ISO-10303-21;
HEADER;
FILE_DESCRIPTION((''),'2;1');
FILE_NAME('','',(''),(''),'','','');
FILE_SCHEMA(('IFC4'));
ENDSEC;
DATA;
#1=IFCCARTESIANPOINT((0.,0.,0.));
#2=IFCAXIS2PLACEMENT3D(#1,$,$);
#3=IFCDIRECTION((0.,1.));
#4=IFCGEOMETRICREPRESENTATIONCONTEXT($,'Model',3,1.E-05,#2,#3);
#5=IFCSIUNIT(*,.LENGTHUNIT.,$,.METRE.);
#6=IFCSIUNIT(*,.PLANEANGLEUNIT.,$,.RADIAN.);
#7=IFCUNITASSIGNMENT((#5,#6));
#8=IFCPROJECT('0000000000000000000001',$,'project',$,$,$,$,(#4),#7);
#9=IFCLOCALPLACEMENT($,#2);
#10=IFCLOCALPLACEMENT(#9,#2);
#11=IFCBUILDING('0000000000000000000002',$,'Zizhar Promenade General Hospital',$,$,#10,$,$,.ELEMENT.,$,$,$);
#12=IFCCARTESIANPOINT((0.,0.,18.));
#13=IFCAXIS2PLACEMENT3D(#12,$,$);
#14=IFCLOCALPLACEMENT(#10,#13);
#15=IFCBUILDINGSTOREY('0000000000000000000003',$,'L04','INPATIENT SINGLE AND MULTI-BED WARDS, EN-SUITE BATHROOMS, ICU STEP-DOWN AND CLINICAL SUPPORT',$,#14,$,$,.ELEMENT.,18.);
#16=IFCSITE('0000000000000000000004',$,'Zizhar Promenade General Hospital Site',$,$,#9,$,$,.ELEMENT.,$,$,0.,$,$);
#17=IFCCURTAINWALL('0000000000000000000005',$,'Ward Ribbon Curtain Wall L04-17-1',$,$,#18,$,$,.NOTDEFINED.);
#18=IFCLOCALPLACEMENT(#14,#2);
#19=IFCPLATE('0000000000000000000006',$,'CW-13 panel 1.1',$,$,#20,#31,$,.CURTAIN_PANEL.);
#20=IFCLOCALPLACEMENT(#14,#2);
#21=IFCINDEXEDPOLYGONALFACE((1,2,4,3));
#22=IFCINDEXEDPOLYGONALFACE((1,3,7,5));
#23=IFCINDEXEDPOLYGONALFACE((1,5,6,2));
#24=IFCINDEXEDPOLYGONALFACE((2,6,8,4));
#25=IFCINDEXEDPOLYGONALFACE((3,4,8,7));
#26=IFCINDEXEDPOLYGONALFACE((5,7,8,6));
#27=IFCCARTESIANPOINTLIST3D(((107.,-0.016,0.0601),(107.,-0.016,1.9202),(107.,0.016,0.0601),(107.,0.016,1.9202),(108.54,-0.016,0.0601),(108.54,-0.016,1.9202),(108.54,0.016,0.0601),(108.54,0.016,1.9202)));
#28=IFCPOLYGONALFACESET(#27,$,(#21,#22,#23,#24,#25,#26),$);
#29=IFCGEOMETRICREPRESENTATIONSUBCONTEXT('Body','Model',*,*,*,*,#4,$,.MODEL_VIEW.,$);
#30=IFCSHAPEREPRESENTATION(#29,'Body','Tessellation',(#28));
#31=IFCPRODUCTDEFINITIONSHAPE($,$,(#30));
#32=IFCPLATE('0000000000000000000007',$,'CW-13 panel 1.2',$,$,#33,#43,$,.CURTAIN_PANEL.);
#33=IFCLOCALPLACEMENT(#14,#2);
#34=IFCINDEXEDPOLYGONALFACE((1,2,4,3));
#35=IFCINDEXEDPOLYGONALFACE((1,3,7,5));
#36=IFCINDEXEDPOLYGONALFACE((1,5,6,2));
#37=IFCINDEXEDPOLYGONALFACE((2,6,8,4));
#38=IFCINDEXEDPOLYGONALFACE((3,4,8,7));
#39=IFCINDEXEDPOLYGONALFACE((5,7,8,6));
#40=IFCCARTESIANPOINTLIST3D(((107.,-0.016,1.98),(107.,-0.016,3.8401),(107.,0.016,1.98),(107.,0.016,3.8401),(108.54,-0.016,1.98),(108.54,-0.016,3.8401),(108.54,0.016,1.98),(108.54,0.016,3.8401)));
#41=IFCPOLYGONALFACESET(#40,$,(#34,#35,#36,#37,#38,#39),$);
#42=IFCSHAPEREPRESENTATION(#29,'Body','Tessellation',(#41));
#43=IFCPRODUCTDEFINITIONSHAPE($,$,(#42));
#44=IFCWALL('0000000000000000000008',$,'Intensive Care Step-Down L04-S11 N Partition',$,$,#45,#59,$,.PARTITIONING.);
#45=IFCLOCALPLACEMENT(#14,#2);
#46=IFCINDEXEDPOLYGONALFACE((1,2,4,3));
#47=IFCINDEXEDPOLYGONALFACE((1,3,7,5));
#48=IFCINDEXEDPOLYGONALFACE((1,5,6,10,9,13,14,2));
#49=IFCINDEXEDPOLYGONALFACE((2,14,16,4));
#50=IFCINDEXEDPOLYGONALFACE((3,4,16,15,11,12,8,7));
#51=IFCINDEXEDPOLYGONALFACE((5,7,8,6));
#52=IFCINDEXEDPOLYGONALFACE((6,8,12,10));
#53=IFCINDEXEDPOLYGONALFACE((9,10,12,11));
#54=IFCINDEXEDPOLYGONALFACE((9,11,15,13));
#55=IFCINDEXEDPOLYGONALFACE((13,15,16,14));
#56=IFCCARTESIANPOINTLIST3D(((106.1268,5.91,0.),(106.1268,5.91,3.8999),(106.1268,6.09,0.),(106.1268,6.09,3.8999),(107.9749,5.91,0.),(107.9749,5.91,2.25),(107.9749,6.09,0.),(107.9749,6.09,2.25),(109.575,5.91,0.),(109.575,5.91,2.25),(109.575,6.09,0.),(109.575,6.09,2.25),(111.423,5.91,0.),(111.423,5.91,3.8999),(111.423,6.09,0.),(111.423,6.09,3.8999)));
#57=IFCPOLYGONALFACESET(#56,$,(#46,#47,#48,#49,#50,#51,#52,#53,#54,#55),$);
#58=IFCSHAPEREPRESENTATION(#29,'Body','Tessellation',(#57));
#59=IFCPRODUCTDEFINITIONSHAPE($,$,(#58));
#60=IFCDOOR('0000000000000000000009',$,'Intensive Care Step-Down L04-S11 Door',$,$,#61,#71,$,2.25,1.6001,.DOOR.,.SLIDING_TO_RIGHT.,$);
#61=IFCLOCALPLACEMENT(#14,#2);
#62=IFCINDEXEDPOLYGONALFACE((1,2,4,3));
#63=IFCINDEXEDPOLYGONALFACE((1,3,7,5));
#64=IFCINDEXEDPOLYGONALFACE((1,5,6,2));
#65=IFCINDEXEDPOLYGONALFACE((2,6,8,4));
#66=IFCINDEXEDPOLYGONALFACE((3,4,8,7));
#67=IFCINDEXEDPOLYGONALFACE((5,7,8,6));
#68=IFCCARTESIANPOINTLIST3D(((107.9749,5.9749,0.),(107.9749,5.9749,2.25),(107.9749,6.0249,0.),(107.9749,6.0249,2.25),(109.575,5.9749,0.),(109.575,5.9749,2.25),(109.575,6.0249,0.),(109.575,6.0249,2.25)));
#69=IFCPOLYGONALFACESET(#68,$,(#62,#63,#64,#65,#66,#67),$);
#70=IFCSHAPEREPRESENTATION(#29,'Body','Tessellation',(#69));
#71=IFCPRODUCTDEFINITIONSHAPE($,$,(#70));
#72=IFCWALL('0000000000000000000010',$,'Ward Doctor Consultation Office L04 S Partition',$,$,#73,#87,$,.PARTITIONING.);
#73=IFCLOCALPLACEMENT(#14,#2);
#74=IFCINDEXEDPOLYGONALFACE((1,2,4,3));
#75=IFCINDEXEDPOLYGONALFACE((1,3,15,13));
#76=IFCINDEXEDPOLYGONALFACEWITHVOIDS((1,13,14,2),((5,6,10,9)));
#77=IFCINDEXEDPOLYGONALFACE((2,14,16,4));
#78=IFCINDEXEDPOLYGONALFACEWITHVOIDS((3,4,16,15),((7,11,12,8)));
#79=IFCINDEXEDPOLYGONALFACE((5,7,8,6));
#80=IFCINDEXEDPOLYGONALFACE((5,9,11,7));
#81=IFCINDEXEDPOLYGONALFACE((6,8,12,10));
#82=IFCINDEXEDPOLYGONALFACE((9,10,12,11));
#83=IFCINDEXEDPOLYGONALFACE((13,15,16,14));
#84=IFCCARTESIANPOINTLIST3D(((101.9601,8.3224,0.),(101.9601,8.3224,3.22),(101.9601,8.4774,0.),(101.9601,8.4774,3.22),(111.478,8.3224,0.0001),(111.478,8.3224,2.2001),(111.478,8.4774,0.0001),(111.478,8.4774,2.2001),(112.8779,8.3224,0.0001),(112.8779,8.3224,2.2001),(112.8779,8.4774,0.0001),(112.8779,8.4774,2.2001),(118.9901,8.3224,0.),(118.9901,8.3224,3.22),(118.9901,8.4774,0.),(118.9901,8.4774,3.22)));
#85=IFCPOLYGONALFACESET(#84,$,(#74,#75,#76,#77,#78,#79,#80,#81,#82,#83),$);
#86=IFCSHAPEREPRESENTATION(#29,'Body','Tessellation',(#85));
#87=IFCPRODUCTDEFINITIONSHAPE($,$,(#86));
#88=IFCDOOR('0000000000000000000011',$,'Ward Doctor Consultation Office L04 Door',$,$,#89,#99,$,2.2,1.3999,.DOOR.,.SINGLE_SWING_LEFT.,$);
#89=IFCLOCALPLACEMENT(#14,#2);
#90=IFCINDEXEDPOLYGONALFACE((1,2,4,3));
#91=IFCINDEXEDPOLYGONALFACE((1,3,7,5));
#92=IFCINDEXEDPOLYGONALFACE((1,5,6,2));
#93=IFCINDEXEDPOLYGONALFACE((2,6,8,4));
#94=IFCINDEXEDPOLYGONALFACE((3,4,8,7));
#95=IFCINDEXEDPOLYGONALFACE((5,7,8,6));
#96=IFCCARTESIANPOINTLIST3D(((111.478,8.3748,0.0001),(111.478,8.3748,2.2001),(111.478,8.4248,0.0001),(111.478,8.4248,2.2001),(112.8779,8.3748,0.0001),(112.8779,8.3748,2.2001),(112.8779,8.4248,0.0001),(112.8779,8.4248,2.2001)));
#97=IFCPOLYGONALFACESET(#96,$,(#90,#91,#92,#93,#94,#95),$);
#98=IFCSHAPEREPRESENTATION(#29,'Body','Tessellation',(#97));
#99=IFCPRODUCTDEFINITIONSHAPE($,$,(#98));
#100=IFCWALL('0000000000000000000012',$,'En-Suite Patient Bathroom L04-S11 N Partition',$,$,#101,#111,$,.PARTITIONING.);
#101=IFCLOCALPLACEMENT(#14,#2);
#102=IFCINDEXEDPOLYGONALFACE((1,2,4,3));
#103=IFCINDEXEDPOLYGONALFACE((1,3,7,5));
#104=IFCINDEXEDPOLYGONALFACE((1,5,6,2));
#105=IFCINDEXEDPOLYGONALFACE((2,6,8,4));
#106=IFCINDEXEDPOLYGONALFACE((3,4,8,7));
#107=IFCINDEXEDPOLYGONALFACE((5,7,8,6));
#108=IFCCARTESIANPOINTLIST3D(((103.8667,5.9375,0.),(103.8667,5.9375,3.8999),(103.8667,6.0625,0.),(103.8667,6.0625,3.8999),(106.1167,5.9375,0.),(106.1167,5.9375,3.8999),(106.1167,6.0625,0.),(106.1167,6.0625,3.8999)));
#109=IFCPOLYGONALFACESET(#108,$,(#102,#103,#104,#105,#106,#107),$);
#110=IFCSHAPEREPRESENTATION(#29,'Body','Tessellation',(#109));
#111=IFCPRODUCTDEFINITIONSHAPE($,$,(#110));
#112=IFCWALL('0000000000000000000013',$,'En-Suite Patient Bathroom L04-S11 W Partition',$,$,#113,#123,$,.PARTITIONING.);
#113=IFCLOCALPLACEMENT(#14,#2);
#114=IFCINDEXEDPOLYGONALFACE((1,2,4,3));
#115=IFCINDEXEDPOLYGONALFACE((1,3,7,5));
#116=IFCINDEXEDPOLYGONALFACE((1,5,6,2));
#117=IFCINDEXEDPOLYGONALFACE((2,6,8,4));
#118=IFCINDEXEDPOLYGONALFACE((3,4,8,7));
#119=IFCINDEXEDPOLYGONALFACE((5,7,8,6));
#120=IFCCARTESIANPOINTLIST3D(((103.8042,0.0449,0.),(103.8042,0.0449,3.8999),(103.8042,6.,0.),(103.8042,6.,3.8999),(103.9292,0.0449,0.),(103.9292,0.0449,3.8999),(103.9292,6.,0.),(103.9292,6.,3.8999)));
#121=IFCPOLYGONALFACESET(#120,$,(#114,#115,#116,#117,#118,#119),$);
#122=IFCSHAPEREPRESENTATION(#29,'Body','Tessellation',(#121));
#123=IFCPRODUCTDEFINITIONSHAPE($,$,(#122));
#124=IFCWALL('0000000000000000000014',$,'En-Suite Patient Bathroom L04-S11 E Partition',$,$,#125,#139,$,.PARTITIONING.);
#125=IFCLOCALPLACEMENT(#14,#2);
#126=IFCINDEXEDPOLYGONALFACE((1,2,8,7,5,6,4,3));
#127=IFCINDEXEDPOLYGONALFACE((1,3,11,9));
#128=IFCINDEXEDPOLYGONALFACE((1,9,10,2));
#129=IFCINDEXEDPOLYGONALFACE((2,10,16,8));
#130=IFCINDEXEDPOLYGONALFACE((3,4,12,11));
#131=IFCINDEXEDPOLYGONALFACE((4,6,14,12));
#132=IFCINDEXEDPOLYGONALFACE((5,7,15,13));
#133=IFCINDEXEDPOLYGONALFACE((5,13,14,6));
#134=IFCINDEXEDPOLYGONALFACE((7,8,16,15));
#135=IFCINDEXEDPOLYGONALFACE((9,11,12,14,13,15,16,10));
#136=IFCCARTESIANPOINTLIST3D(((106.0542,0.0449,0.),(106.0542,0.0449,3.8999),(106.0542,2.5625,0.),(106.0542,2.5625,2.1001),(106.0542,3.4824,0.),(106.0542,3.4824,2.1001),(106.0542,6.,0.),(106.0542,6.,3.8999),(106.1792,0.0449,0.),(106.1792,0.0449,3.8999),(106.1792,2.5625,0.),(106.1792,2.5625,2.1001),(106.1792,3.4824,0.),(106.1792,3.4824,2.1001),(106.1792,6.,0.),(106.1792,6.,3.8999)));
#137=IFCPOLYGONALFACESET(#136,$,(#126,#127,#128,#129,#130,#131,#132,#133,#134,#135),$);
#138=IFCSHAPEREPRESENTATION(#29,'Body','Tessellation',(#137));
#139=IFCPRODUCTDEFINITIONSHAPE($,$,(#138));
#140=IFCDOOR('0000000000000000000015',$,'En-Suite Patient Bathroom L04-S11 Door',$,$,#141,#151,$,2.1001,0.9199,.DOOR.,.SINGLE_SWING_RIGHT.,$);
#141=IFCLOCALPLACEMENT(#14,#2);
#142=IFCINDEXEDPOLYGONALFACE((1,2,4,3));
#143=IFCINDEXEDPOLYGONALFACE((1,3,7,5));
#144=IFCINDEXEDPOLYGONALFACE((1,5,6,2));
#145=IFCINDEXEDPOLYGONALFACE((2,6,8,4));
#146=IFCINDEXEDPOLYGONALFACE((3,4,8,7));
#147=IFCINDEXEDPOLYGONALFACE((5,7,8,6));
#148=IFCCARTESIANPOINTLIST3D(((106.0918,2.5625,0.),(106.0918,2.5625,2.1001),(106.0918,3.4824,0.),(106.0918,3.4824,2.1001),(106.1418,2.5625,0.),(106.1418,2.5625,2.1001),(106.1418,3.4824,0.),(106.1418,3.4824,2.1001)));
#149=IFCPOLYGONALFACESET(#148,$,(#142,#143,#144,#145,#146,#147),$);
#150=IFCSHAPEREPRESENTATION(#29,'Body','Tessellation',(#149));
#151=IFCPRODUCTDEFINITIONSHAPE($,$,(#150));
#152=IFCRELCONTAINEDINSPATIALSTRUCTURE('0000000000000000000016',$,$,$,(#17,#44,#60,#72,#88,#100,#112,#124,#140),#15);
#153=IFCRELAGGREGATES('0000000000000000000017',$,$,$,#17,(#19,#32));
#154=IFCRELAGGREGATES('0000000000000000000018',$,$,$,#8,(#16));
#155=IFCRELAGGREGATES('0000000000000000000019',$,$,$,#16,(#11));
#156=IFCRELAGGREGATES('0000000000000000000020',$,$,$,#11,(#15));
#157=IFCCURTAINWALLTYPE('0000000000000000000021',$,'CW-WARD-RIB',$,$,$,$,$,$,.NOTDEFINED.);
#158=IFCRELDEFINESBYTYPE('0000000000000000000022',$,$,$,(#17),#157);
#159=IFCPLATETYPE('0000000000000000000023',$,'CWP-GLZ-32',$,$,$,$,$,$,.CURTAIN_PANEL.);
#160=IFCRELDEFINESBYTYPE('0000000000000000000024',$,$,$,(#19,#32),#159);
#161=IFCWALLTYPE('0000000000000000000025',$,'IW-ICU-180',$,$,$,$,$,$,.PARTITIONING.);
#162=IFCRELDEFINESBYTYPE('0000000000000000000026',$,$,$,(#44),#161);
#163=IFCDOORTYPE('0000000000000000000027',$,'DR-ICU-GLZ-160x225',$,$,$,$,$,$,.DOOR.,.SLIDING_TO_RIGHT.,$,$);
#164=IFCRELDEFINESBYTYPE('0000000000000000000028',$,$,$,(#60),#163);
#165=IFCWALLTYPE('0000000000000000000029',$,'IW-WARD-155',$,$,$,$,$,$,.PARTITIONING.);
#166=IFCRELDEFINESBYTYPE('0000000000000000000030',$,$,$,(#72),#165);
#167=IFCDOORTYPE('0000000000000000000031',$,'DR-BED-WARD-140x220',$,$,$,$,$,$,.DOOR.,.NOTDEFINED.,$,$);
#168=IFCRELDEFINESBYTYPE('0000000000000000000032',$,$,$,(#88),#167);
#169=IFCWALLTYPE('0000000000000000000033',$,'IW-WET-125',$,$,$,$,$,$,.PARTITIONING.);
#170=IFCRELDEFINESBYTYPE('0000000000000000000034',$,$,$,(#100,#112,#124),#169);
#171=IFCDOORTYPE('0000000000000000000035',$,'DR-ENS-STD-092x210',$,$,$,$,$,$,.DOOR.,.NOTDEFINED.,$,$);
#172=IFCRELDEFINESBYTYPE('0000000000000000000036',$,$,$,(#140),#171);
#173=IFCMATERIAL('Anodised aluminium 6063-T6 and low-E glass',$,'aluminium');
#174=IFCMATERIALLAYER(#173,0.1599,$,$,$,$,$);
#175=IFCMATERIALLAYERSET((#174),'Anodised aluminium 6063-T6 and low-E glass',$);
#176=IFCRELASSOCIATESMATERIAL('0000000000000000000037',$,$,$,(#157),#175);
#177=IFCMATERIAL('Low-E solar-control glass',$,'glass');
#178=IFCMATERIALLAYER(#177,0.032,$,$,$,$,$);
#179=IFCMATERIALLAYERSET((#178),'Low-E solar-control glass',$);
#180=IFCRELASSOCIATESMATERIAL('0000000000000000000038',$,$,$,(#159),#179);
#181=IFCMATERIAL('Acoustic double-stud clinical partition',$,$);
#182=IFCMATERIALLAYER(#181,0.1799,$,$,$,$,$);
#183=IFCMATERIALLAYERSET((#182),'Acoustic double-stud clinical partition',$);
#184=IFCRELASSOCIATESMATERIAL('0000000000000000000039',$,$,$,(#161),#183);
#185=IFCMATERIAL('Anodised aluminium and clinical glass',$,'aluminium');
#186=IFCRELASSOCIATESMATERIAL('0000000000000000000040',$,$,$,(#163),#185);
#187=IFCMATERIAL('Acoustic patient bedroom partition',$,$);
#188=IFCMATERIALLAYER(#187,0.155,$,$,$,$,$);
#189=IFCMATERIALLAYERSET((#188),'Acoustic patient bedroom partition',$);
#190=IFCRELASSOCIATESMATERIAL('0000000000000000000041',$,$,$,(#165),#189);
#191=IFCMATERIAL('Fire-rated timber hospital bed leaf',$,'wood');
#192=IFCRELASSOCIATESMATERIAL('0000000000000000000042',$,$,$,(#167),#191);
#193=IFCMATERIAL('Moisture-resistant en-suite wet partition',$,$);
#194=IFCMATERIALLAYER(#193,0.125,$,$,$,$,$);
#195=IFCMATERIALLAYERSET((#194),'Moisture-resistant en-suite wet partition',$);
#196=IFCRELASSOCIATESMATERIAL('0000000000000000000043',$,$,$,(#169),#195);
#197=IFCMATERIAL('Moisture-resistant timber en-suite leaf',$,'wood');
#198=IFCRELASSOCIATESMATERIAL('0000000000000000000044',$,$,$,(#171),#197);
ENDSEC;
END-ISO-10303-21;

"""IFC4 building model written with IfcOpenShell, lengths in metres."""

from ifc_helpers import new_model, si_unit, direction, frame, frame_2d, origin, origin_2d, place, context, subcontext, project, spatial, rectangle, extrude, material, layer, layer_set, type_object, element, fill, aggregate, save


model = new_model("IFC4")

# Units and contexts
model_context = context("Model", 3, precision=1e-05, world=origin(), true_north=direction((0.0, 1.0)))
body_context = subcontext(model_context, "Body", "Model", "MODEL_VIEW")
ifc_project = project(units=[si_unit("LENGTHUNIT", "METRE"), si_unit("PLANEANGLEUNIT", "RADIAN")], contexts=[model_context])

# Site, building, storey
site_placement = place(None, origin())
site = spatial("IfcSite", under=ifc_project, at=site_placement, Name="Zizhar Promenade General Hospital Site", CompositionType="ELEMENT", RefElevation=0.0)
building_placement = place(site_placement, origin())
building = spatial("IfcBuilding", under=site, at=building_placement, Name="Zizhar Promenade General Hospital", CompositionType="ELEMENT")
storey_placement = place(building_placement, frame((0.0, 0.0, 18.0)))
storey = spatial("IfcBuildingStorey", under=building, at=storey_placement, Name="L04", Description="INPATIENT SINGLE AND MULTI-BED WARDS, EN-SUITE BATHROOMS, ICU STEP-DOWN AND CLINICAL SUPPORT", CompositionType="ELEMENT", Elevation=18.0)

# Curtain wall, plates
ifc_material_1 = material(Name="Anodised aluminium 6063-T6 and low-E glass", Category="aluminium")
ifc_layer_1 = layer(ifc_material_1, 0.1599)
ifc_layer_set_1 = layer_set([ifc_layer_1], Name="Anodised aluminium 6063-T6 and low-E glass")
curtain_wall_type = type_object("IfcCurtainWallType", Name="CW-WARD-RIB", PredefinedType="NOTDEFINED", material=ifc_layer_set_1)
curtain_wall_placement = place(storey_placement, origin())
curtain_wall = element("IfcCurtainWall", 1, at=curtain_wall_placement, inside=storey, type_object=curtain_wall_type, Name="Ward Ribbon Curtain Wall L04-17-1", PredefinedType="NOTDEFINED")
ifc_material_2 = material(Name="Low-E solar-control glass", Category="glass")
ifc_layer_2 = layer(ifc_material_2, 0.032)
ifc_layer_set_2 = layer_set([ifc_layer_2], Name="Low-E solar-control glass")
plate_type = type_object("IfcPlateType", Name="CWP-GLZ-32", PredefinedType="CURTAIN_PANEL", material=ifc_layer_set_2)
plate_1_placement = place(storey_placement, frame((107.77, 0.0, 0.0601), z_axis=(0.0, 0.0, 1.0), x_axis=(-1.0, 0.0, 0.0)))
plate_1 = element("IfcPlate", 2, at=plate_1_placement, type_object=plate_type, Name="CW-13 panel 1.1", PredefinedType="CURTAIN_PANEL", context=body_context, shape_type="SweptSolid", body=[
    extrude(rectangle(XDim=1.54, YDim=0.032, at=origin_2d()), origin(), (0.0, 0.0, 1.0), 1.8601),
])
plate_2_placement = place(storey_placement, frame((107.77, 0.0, 1.98), z_axis=(0.0, 0.0, 1.0), x_axis=(-1.0, 0.0, 0.0)))
plate_2 = element("IfcPlate", 3, at=plate_2_placement, type_object=plate_type, Name="CW-13 panel 1.2", PredefinedType="CURTAIN_PANEL", context=body_context, shape_type="SweptSolid", body=[
    extrude(rectangle(XDim=1.54, YDim=0.032, at=origin_2d()), origin(), (0.0, 0.0, 1.0), 1.8601),
])
aggregate(curtain_wall, [plate_1, plate_2])

# Walls, openings, doors
ifc_material_3 = material(Name="Acoustic double-stud clinical partition")
ifc_layer_3 = layer(ifc_material_3, 0.1799)
ifc_layer_set_3 = layer_set([ifc_layer_3], Name="Acoustic double-stud clinical partition")
wall_type_1 = type_object("IfcWallType", Name="IW-ICU-180", PredefinedType="PARTITIONING", material=ifc_layer_set_3)
wall_1_placement = place(storey_placement, frame((106.127, 6.0, 0.0), z_axis=(0.0, 0.0, 1.0), x_axis=(1.0, 0.0, 0.0)))
wall_1 = element("IfcWall", 4, at=wall_1_placement, inside=storey, type_object=wall_type_1, Name="Intensive Care Step-Down L04-S11 N Partition", PredefinedType="PARTITIONING", context=body_context, shape_type="SweptSolid", body=[
    extrude(rectangle(XDim=5.2961, YDim=0.1799, at=frame_2d((2.6479, 0.0))), origin(), (0.0, 0.0, 1.0), 3.8999),
])
opening_1_placement = place(wall_1_placement, frame((1.8479, 0.0, 0.0)))
opening_1 = element("IfcOpeningElement", 5, at=opening_1_placement, cuts=wall_1, PredefinedType="OPENING", context=body_context, shape_type="SweptSolid", body=[
    extrude(rectangle(XDim=1.6001, YDim=2.25, at=frame_2d((0.8, 1.125))), frame((0.0, 0.1001, 0.0), z_axis=(0.0, -1.0, 0.0), x_axis=(1.0, 0.0, 0.0)), (0.0, 0.0, 1.0), 0.2),
])
ifc_material_4 = material(Name="Anodised aluminium and clinical glass", Category="aluminium")
door_type_1 = type_object("IfcDoorType", Name="DR-ICU-GLZ-160x225", OperationType="SLIDING_TO_RIGHT", PredefinedType="DOOR", material=ifc_material_4)
door_1_placement = place(opening_1_placement, origin())
door_1 = element("IfcDoor", 6, at=door_1_placement, inside=storey, type_object=door_type_1, Name="Intensive Care Step-Down L04-S11 Door", OperationType="SLIDING_TO_RIGHT", OverallHeight=2.25, OverallWidth=1.6001, PredefinedType="DOOR", context=body_context, shape_type="SweptSolid", body=[
    extrude(rectangle(XDim=1.6001, YDim=2.25, at=frame_2d((0.8, 1.125))), frame((0.0, 0.0249, 0.0), z_axis=(0.0, -1.0, 0.0), x_axis=(1.0, 0.0, 0.0)), (0.0, 0.0, 1.0), 0.05),
])
fill(opening_1, door_1)
ifc_material_5 = material(Name="Acoustic patient bedroom partition")
ifc_layer_4 = layer(ifc_material_5, 0.155)
ifc_layer_set_4 = layer_set([ifc_layer_4], Name="Acoustic patient bedroom partition")
wall_type_2 = type_object("IfcWallType", Name="IW-WARD-155", PredefinedType="PARTITIONING", material=ifc_layer_set_4)
wall_2_placement = place(storey_placement, frame((101.96, 8.3999, 0.0), z_axis=(0.0, 0.0, 1.0), x_axis=(1.0, 0.0, 0.0)))
wall_2 = element("IfcWall", 7, at=wall_2_placement, inside=storey, type_object=wall_type_2, Name="Ward Doctor Consultation Office L04 S Partition", PredefinedType="PARTITIONING", context=body_context, shape_type="SweptSolid", body=[
    extrude(rectangle(XDim=17.03, YDim=0.155, at=frame_2d((8.5151, 0.0))), origin(), (0.0, 0.0, 1.0), 3.22),
])
opening_2_placement = place(wall_2_placement, frame((9.5181, 0.0, 0.0)))
opening_2 = element("IfcOpeningElement", 8, at=opening_2_placement, cuts=wall_2, PredefinedType="OPENING", context=body_context, shape_type="SweptSolid", body=[
    extrude(rectangle(XDim=1.3999, YDim=2.2, at=frame_2d((0.7, 1.1001))), frame((0.0, 0.0874, 0.0), z_axis=(0.0, -1.0, 0.0), x_axis=(1.0, 0.0, 0.0)), (0.0, 0.0, 1.0), 0.175),
])
ifc_material_6 = material(Name="Fire-rated timber hospital bed leaf", Category="wood")
door_type_2 = type_object("IfcDoorType", Name="DR-BED-WARD-140x220", OperationType="NOTDEFINED", PredefinedType="DOOR", material=ifc_material_6)
door_2_placement = place(opening_2_placement, origin())
door_2 = element("IfcDoor", 9, at=door_2_placement, inside=storey, type_object=door_type_2, Name="Ward Doctor Consultation Office L04 Door", OperationType="SINGLE_SWING_LEFT", OverallHeight=2.2, OverallWidth=1.3999, PredefinedType="DOOR", context=body_context, shape_type="SweptSolid", body=[
    extrude(rectangle(XDim=1.3999, YDim=2.2, at=frame_2d((0.7, 1.1001))), frame((0.0, 0.0249, 0.0), z_axis=(0.0, -1.0, 0.0), x_axis=(1.0, 0.0, 0.0)), (0.0, 0.0, 1.0), 0.05),
])
fill(opening_2, door_2)

# Walls
ifc_material_7 = material(Name="Moisture-resistant en-suite wet partition")
ifc_layer_5 = layer(ifc_material_7, 0.125)
ifc_layer_set_5 = layer_set([ifc_layer_5], Name="Moisture-resistant en-suite wet partition")
wall_type_3 = type_object("IfcWallType", Name="IW-WET-125", PredefinedType="PARTITIONING", material=ifc_layer_set_5)
wall_3_placement = place(storey_placement, frame((103.8667, 6.0, 0.0), z_axis=(0.0, 0.0, 1.0), x_axis=(1.0, 0.0, 0.0)))
element("IfcWall", 10, at=wall_3_placement, inside=storey, type_object=wall_type_3, Name="En-Suite Patient Bathroom L04-S11 N Partition", PredefinedType="PARTITIONING", context=body_context, shape_type="SweptSolid", body=[
    extrude(rectangle(XDim=2.25, YDim=0.125, at=frame_2d((1.125, 0.0))), origin(), (0.0, 0.0, 1.0), 3.8999),
])
wall_4_placement = place(storey_placement, frame((103.8667, 0.0449, 0.0), z_axis=(0.0, 0.0, 1.0), x_axis=(0.0, 1.0, 0.0)))
element("IfcWall", 11, at=wall_4_placement, inside=storey, type_object=wall_type_3, Name="En-Suite Patient Bathroom L04-S11 W Partition", PredefinedType="PARTITIONING", context=body_context, shape_type="SweptSolid", body=[
    extrude(rectangle(XDim=5.9551, YDim=0.125, at=frame_2d((2.9775, 0.0))), origin(), (0.0, 0.0, 1.0), 3.8999),
])

# Wall, opening, door
wall_5_placement = place(storey_placement, frame((106.1167, 0.0449, 0.0), z_axis=(0.0, 0.0, 1.0), x_axis=(0.0, 1.0, 0.0)))
wall_5 = element("IfcWall", 12, at=wall_5_placement, inside=storey, type_object=wall_type_3, Name="En-Suite Patient Bathroom L04-S11 E Partition", PredefinedType="PARTITIONING", context=body_context, shape_type="SweptSolid", body=[
    extrude(rectangle(XDim=5.9551, YDim=0.125, at=frame_2d((2.9775, 0.0))), origin(), (0.0, 0.0, 1.0), 3.8999),
])
opening_3_placement = place(wall_5_placement, frame((2.5176, 0.0, 0.0)))
opening_3 = element("IfcOpeningElement", 13, at=opening_3_placement, cuts=wall_5, PredefinedType="OPENING", context=body_context, shape_type="SweptSolid", body=[
    extrude(rectangle(XDim=0.9199, YDim=2.1001, at=frame_2d((0.46, 1.05))), frame((0.0, 0.0725, 0.0), z_axis=(0.0, -1.0, 0.0), x_axis=(1.0, 0.0, 0.0)), (0.0, 0.0, 1.0), 0.145),
])
ifc_material_8 = material(Name="Moisture-resistant timber en-suite leaf", Category="wood")
door_type_3 = type_object("IfcDoorType", Name="DR-ENS-STD-092x210", OperationType="NOTDEFINED", PredefinedType="DOOR", material=ifc_material_8)
door_3_placement = place(opening_3_placement, origin())
door_3 = element("IfcDoor", 14, at=door_3_placement, inside=storey, type_object=door_type_3, Name="En-Suite Patient Bathroom L04-S11 Door", OperationType="SINGLE_SWING_RIGHT", OverallHeight=2.1001, OverallWidth=0.9199, PredefinedType="DOOR", context=body_context, shape_type="SweptSolid", body=[
    extrude(rectangle(XDim=0.9199, YDim=2.1001, at=frame_2d((0.46, 1.05))), frame((0.0, 0.0249, 0.0), z_axis=(0.0, -1.0, 0.0), x_axis=(1.0, 0.0, 0.0)), (0.0, 0.0, 1.0), 0.05),
])
fill(opening_3, door_3)

save(model, "model.ifc")
